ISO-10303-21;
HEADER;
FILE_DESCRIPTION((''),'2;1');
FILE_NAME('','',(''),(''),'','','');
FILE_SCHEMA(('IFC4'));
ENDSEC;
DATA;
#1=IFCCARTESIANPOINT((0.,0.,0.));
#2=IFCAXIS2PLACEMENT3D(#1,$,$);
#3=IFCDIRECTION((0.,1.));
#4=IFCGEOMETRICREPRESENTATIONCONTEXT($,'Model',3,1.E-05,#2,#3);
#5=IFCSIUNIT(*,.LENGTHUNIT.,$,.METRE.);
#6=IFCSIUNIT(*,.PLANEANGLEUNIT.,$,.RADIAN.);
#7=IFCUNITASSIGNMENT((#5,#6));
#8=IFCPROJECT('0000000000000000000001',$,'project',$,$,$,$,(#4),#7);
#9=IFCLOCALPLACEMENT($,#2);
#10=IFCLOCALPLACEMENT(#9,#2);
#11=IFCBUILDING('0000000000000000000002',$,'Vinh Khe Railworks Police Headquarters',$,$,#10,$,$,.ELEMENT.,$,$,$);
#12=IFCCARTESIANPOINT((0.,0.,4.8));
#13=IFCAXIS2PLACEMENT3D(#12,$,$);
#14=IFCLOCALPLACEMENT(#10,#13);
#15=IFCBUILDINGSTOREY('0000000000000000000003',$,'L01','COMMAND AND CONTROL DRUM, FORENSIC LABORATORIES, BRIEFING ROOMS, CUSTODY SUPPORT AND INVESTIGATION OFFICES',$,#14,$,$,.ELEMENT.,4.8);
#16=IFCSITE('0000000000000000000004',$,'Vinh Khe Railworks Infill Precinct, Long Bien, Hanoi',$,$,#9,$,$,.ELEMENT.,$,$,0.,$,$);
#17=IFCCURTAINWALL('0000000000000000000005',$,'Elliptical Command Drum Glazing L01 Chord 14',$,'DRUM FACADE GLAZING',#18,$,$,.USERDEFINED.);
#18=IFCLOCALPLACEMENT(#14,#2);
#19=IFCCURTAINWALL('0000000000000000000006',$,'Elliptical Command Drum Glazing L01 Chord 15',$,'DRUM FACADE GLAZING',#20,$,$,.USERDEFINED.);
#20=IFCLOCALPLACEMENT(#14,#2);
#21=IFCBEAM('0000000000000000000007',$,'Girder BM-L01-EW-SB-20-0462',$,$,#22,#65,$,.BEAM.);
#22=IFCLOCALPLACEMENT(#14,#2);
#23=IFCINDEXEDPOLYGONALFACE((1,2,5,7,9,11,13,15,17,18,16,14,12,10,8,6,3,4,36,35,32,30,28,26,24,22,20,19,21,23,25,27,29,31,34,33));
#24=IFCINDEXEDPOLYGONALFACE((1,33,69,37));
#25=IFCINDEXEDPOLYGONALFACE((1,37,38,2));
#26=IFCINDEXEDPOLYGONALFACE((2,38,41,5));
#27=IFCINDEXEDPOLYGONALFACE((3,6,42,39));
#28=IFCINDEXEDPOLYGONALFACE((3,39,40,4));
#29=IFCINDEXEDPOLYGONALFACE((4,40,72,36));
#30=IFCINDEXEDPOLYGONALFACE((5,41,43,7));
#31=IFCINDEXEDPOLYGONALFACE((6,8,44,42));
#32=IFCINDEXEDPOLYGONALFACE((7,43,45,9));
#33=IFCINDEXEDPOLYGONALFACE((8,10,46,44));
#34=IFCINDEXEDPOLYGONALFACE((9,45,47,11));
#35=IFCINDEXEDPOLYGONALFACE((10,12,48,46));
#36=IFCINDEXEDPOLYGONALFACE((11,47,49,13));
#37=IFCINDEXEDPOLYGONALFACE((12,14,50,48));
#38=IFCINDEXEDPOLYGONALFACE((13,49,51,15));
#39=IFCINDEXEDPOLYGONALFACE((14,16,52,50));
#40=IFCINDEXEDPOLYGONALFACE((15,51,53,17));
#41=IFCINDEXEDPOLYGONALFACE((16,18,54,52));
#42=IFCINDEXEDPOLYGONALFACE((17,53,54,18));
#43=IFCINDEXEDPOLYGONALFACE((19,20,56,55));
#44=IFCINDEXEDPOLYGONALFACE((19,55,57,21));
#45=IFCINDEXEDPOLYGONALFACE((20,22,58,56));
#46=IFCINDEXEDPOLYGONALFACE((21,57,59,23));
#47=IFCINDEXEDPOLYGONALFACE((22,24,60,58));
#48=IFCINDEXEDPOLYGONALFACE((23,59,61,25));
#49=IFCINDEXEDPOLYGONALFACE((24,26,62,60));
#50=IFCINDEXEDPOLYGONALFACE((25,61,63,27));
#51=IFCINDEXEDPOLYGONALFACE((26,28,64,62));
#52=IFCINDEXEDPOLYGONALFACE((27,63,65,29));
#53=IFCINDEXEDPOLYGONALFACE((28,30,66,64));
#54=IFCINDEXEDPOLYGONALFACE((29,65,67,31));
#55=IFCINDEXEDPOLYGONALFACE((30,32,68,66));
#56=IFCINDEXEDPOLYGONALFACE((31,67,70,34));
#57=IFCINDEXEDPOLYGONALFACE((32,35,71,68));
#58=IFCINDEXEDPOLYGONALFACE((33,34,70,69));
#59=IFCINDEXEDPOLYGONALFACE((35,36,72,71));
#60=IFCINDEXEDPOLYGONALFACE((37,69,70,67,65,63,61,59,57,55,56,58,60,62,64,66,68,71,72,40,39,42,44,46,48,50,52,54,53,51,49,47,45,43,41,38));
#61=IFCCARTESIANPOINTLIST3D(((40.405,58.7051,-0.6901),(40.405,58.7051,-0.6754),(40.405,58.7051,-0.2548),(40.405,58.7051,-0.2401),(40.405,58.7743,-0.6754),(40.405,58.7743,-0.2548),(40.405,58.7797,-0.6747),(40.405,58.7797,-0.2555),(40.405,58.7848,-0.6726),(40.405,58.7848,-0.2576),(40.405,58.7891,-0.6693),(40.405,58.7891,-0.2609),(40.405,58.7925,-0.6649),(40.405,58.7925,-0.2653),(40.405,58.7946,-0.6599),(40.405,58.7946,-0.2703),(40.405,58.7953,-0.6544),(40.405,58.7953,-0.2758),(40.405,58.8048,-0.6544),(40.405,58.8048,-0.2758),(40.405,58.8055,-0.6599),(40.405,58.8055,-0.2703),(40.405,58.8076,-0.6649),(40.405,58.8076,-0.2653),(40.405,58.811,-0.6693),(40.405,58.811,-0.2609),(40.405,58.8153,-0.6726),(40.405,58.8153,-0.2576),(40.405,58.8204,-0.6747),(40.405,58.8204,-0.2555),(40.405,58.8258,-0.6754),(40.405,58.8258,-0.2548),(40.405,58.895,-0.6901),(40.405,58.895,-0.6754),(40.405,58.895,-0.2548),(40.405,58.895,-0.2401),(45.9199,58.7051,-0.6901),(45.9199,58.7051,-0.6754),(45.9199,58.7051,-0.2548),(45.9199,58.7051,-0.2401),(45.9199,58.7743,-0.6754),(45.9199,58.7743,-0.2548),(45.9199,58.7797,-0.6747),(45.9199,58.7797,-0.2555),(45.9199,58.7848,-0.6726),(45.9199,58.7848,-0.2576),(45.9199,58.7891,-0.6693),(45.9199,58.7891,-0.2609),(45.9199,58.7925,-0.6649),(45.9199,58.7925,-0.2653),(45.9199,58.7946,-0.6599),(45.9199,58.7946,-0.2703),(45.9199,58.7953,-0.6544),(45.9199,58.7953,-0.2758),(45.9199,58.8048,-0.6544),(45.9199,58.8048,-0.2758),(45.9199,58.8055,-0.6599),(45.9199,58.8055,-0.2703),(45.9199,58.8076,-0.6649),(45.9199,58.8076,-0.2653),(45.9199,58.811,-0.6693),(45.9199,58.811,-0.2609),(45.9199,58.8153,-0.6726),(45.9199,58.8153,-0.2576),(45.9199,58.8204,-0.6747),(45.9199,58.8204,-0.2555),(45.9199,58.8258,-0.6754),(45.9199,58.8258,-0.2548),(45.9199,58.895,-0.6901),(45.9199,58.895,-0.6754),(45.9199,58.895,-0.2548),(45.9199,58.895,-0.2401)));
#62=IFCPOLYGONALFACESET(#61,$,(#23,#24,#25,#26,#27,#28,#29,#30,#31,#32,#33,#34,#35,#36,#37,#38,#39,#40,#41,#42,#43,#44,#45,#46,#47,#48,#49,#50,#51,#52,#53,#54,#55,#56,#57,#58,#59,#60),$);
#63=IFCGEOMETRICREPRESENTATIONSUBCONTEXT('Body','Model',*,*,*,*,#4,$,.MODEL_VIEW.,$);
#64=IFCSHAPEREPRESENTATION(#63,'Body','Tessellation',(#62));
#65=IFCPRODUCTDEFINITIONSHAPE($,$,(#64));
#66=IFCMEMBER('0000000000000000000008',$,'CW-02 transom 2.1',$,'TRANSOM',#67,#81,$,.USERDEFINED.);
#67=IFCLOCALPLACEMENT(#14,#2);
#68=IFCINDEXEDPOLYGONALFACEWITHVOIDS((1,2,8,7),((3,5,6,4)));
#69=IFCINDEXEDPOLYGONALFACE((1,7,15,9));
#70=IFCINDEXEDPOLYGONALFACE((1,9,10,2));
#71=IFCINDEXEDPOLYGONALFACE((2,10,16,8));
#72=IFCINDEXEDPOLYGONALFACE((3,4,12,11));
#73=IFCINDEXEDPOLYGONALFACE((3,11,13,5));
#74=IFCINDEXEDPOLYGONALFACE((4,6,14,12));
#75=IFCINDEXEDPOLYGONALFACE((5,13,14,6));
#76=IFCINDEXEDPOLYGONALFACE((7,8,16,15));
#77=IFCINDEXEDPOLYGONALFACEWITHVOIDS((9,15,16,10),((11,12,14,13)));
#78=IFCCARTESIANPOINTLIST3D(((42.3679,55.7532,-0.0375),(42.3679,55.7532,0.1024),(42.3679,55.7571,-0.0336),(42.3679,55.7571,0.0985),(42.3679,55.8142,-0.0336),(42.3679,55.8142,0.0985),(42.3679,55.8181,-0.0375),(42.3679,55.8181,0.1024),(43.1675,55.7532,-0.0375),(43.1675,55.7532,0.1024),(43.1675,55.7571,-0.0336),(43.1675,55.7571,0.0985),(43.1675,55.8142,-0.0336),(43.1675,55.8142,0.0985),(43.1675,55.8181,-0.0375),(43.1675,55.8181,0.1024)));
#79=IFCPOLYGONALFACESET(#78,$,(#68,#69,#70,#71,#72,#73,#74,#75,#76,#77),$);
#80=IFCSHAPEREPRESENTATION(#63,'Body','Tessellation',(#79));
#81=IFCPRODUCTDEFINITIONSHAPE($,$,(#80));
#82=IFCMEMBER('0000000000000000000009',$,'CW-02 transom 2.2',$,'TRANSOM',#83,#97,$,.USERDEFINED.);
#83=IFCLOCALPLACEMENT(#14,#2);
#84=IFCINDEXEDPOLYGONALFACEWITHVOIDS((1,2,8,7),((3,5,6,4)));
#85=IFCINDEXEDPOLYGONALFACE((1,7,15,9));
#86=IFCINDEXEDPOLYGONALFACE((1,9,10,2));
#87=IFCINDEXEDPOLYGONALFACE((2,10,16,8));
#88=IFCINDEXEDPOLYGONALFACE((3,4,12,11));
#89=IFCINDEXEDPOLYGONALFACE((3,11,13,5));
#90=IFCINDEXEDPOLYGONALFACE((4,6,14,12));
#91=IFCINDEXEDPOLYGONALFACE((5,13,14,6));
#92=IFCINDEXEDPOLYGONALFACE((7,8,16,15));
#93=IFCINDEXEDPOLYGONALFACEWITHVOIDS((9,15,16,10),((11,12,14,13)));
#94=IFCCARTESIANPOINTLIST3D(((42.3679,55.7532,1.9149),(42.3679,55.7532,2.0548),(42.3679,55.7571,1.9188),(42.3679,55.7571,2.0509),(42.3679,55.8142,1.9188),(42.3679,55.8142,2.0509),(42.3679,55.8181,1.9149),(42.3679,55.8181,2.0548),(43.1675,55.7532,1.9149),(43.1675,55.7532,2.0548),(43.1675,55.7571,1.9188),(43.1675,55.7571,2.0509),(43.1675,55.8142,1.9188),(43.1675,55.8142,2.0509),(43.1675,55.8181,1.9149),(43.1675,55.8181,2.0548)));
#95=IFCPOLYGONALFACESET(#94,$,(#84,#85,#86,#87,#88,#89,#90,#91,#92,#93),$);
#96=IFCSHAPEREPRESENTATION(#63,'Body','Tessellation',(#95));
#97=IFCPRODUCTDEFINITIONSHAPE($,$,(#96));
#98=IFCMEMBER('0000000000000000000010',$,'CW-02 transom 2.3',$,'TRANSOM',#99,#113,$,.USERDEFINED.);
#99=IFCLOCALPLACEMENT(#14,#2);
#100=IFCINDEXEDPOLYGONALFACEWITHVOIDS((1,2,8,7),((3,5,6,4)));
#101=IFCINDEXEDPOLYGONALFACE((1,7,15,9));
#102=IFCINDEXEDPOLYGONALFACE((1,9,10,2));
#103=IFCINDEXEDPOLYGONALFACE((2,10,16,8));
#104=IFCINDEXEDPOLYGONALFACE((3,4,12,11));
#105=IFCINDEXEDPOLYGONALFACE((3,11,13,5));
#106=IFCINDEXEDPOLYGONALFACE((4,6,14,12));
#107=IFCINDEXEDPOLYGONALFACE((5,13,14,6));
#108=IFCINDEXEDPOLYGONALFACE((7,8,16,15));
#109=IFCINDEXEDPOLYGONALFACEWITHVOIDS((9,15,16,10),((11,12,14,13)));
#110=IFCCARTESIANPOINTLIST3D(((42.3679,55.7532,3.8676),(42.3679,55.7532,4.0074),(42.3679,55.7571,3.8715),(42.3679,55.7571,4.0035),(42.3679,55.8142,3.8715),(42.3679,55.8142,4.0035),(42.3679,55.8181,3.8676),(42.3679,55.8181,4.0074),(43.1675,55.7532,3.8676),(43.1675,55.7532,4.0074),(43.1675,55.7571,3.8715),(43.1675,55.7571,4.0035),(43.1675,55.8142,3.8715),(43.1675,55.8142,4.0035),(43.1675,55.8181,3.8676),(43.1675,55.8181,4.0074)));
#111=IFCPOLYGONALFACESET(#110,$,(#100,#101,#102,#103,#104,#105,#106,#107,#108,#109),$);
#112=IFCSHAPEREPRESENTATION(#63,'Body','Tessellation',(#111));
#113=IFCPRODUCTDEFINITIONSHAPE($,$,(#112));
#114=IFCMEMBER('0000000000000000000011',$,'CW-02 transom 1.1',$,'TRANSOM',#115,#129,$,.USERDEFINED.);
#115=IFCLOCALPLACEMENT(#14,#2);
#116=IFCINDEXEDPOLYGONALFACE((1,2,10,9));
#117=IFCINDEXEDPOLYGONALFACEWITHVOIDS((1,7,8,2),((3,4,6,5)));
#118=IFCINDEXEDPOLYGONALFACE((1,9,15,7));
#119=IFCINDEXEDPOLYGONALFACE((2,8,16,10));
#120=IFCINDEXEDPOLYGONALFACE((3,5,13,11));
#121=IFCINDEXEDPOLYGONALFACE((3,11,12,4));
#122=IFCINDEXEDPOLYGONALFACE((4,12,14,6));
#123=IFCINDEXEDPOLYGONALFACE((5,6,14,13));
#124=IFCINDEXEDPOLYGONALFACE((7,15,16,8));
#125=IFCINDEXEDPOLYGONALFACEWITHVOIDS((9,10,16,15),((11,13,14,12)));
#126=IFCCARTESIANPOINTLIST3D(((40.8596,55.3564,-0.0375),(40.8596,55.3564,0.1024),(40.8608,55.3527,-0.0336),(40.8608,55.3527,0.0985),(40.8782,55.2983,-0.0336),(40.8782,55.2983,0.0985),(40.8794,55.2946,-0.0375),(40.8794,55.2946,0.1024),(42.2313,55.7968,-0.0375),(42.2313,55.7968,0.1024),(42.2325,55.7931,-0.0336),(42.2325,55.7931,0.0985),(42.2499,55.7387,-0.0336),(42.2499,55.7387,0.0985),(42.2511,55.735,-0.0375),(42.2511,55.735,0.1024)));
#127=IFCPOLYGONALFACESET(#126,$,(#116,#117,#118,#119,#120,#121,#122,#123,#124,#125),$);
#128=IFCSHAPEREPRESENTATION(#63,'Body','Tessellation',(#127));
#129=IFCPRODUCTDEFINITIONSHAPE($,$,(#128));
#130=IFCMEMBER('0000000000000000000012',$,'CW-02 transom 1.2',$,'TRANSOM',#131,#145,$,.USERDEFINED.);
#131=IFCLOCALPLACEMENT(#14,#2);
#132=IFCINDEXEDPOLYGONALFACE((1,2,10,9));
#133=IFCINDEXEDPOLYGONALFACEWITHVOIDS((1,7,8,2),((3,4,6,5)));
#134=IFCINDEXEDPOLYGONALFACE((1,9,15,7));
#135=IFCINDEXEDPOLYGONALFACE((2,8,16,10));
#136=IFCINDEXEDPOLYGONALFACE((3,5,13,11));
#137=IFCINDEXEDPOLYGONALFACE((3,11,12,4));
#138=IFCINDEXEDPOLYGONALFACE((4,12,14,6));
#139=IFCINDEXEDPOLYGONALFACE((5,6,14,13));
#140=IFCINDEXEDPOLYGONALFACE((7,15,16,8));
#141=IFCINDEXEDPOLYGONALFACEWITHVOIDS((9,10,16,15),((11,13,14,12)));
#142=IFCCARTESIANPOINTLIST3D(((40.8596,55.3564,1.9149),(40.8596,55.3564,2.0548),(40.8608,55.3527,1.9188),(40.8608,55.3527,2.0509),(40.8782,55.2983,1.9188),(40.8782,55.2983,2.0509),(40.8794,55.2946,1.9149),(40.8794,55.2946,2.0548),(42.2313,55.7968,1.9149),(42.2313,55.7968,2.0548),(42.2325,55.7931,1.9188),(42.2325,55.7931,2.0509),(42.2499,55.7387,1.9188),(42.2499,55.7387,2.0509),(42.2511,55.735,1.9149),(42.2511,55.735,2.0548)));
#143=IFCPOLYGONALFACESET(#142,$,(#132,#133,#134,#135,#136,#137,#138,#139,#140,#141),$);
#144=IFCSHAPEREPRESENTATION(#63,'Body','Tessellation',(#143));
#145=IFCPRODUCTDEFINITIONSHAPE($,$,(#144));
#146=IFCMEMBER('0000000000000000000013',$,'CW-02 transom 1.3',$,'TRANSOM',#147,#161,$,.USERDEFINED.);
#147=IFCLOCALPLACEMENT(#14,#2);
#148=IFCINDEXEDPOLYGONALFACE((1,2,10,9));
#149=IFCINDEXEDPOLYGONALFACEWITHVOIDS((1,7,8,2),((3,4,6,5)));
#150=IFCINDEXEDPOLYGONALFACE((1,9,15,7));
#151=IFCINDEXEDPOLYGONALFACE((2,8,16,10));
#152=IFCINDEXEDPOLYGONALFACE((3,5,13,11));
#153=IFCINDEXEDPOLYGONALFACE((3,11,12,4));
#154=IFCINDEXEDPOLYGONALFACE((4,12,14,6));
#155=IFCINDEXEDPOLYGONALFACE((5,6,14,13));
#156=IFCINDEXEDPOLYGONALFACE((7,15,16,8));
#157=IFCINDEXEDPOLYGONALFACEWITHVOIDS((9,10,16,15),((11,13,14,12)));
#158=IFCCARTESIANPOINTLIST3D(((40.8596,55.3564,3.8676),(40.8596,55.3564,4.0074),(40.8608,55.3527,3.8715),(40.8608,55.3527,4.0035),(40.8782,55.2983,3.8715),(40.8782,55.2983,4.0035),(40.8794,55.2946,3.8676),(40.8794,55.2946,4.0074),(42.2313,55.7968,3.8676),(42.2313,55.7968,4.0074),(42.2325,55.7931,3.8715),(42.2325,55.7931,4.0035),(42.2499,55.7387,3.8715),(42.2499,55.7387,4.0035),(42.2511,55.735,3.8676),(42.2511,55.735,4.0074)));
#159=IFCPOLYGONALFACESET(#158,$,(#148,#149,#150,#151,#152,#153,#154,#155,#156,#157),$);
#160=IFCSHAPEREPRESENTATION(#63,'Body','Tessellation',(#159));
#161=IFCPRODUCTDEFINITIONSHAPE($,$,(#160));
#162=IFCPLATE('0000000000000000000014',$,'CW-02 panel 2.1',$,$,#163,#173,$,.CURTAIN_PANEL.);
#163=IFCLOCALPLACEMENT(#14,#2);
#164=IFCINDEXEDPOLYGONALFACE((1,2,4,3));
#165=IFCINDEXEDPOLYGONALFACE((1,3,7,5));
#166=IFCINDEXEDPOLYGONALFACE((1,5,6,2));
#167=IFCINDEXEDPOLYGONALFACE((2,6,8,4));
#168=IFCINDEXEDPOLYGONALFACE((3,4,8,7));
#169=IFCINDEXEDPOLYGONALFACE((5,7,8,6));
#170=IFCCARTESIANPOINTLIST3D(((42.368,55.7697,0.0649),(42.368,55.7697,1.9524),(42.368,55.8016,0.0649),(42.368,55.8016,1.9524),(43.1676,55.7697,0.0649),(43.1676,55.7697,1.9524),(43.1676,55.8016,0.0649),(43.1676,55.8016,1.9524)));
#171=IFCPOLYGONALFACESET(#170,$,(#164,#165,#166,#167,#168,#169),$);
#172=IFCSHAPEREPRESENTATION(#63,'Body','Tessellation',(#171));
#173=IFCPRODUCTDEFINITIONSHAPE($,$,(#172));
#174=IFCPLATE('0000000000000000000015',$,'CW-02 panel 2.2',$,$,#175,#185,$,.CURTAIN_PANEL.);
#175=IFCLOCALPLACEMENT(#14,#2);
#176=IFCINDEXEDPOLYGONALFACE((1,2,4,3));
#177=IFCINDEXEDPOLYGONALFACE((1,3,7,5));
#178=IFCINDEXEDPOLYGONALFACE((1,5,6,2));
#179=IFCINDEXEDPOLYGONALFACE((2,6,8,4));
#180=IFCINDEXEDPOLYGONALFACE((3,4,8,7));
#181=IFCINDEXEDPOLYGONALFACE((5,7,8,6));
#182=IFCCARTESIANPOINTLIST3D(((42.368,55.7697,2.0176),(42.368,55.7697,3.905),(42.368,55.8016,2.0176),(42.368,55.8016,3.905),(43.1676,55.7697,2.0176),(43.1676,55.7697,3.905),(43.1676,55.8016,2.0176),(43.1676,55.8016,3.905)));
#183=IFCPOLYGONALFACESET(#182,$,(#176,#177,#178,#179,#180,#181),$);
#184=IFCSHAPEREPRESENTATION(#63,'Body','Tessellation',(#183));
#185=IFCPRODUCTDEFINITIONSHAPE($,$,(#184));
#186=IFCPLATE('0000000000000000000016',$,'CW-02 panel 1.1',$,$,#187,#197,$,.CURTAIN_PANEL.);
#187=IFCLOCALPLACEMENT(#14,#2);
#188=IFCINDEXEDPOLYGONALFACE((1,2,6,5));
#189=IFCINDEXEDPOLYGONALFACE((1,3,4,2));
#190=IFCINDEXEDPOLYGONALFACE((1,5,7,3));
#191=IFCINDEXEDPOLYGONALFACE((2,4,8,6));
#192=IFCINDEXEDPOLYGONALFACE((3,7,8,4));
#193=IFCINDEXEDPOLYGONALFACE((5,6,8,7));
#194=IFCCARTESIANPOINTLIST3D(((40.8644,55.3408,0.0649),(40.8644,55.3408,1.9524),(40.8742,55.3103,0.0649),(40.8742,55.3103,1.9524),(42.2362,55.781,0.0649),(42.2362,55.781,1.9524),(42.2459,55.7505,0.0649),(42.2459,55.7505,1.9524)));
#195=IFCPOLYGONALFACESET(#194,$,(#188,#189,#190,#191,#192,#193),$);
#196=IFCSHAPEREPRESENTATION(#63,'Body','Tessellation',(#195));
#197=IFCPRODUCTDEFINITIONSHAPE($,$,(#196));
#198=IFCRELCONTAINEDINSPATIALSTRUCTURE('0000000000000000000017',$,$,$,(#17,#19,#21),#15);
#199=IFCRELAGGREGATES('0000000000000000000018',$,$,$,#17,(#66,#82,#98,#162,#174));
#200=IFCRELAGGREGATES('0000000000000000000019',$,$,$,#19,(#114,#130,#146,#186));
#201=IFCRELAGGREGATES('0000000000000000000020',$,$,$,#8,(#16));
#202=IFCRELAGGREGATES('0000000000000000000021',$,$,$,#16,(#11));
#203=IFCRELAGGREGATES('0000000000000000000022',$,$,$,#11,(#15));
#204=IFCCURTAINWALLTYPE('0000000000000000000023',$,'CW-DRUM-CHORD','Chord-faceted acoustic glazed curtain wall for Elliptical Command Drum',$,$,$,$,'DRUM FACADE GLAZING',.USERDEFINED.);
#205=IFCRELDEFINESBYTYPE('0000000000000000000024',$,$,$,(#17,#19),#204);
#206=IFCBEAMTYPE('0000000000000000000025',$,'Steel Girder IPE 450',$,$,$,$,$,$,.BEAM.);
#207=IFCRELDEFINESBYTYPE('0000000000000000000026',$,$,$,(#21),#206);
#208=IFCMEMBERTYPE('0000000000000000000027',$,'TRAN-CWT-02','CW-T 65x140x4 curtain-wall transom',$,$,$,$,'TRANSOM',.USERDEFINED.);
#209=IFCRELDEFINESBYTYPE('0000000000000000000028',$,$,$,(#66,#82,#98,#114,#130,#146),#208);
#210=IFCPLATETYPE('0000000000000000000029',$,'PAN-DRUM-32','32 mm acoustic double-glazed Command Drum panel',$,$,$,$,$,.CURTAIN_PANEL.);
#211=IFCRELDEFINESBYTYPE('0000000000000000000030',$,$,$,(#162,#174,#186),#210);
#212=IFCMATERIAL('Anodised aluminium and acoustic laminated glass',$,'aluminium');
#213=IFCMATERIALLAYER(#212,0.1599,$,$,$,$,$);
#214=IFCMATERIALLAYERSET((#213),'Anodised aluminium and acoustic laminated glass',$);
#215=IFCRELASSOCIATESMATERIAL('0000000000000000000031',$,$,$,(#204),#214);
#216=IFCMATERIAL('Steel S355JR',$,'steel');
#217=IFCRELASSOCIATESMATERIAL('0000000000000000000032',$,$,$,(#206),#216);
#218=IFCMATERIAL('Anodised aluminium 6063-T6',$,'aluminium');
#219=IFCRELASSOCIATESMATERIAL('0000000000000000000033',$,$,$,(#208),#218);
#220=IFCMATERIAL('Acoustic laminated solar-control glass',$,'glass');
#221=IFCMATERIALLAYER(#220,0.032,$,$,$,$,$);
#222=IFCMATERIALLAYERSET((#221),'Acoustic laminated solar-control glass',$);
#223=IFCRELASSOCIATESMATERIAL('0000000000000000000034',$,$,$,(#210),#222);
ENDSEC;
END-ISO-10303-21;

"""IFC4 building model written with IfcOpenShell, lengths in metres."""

from ifc_helpers import new_model, si_unit, direction, frame, origin, origin_2d, place, context, subcontext, project, spatial, rectangle, hollow_rectangle, i_section, extrude, material, layer, layer_set, material_profile, profile_set, type_object, element, aggregate, save


model = new_model("IFC4")

# Units and contexts
model_context = context("Model", 3, precision=1e-05, world=origin(), true_north=direction((0.0, 1.0)))
body_context = subcontext(model_context, "Body", "Model", "MODEL_VIEW")
ifc_project = project(units=[si_unit("LENGTHUNIT", "METRE"), si_unit("PLANEANGLEUNIT", "RADIAN")], contexts=[model_context])

# Site, building, storey
site_placement = place(None, origin())
site = spatial("IfcSite", under=ifc_project, at=site_placement, Name="Vinh Khe Railworks Infill Precinct, Long Bien, Hanoi", CompositionType="ELEMENT", RefElevation=0.0)
building_placement = place(site_placement, origin())
building = spatial("IfcBuilding", under=site, at=building_placement, Name="Vinh Khe Railworks Police Headquarters", CompositionType="ELEMENT")
storey_placement = place(building_placement, frame((0.0, 0.0, 4.8)))
storey = spatial("IfcBuildingStorey", under=building, at=storey_placement, Name="L01", Description="COMMAND AND CONTROL DRUM, FORENSIC LABORATORIES, BRIEFING ROOMS, CUSTODY SUPPORT AND INVESTIGATION OFFICES", CompositionType="ELEMENT", Elevation=4.8)

# Shared definitions
ifc_material_1 = material(Name="Steel S355JR", Category="steel")

# Curtain wall
ifc_material_2 = material(Name="Anodised aluminium and acoustic laminated glass", Category="aluminium")
ifc_layer_1 = layer(ifc_material_2, 0.1599)
ifc_layer_set_1 = layer_set([ifc_layer_1], Name="Anodised aluminium and acoustic laminated glass")
curtain_wall_type = type_object("IfcCurtainWallType", Name="CW-DRUM-CHORD", Description="Chord-faceted acoustic glazed curtain wall for Elliptical Command Drum", ElementType="DRUM FACADE GLAZING", PredefinedType="USERDEFINED", material=ifc_layer_set_1)
curtain_wall_1_placement = place(storey_placement, origin())
curtain_wall_1 = element("IfcCurtainWall", 1, at=curtain_wall_1_placement, inside=storey, type_object=curtain_wall_type, Name="Elliptical Command Drum Glazing L01 Chord 14", ObjectType="DRUM FACADE GLAZING", PredefinedType="USERDEFINED")
ifc_material_3 = material(Name="Anodised aluminium 6063-T6", Category="aluminium")

# Curtain wall
curtain_wall_2_placement = place(storey_placement, origin())
curtain_wall_2 = element("IfcCurtainWall", 2, at=curtain_wall_2_placement, inside=storey, type_object=curtain_wall_type, Name="Elliptical Command Drum Glazing L01 Chord 15", ObjectType="DRUM FACADE GLAZING", PredefinedType="USERDEFINED")

# Beam
ifc_material_profile_1 = material_profile(ifc_material_1, i_section(OverallWidth=0.1899, OverallDepth=0.45, WebThickness=0.0095, FlangeThickness=0.0146, FilletRadius=0.021, at=origin_2d()), Name="IPE 450")
ifc_profile_set_1 = profile_set([ifc_material_profile_1], Name="Steel S355JR")
beam_type_1 = type_object("IfcBeamType", Name="Steel Girder IPE 450", PredefinedType="BEAM", material=ifc_profile_set_1)
beam_1_placement = place(storey_placement, frame((40.405, 58.8, -0.4651), z_axis=(1.0, 0.0, 0.0), x_axis=(0.0, 1.0, 0.0)))
element("IfcBeam", 3, at=beam_1_placement, inside=storey, type_object=beam_type_1, Name="Girder BM-L01-EW-SB-20-0462", PredefinedType="BEAM", context=body_context, shape_type="SweptSolid", body=[
    extrude(i_section(OverallWidth=0.1899, OverallDepth=0.45, WebThickness=0.0095, FlangeThickness=0.0146, FilletRadius=0.021, at=origin_2d()), origin(), (0.0, 0.0, 1.0), 5.5149),
])

# Members
ifc_material_profile_2 = material_profile(ifc_material_3, hollow_rectangle(XDim=0.0649, YDim=0.1399, WallThickness=0.0039, at=origin_2d()), Name="CW-T 65x140x4")
ifc_profile_set_2 = profile_set([ifc_material_profile_2], Name="Anodised aluminium 6063-T6")
member_type_1 = type_object("IfcMemberType", Name="TRAN-CWT-02", Description="CW-T 65x140x4 curtain-wall transom", ElementType="TRANSOM", PredefinedType="USERDEFINED", material=ifc_profile_set_2)
member_1_placement = place(storey_placement, frame((43.1675, 55.7856, 0.0325), z_axis=(-1.0, 0.0, 0.0), x_axis=(0.0, -1.0, 0.0)))
member_1 = element("IfcMember", 4, at=member_1_placement, type_object=member_type_1, Name="CW-02 transom 2.1", ObjectType="TRANSOM", PredefinedType="USERDEFINED", context=body_context, shape_type="SweptSolid", body=[
    extrude(hollow_rectangle(XDim=0.0649, YDim=0.1399, WallThickness=0.0039, at=origin_2d()), origin(), (0.0, 0.0, 1.0), 0.7996),
])
member_2_placement = place(storey_placement, frame((43.1675, 55.7856, 1.9849), z_axis=(-1.0, 0.0, 0.0), x_axis=(0.0, -1.0, 0.0)))
member_2 = element("IfcMember", 5, at=member_2_placement, type_object=member_type_1, Name="CW-02 transom 2.2", ObjectType="TRANSOM", PredefinedType="USERDEFINED", context=body_context, shape_type="SweptSolid", body=[
    extrude(hollow_rectangle(XDim=0.0649, YDim=0.1399, WallThickness=0.0039, at=origin_2d()), origin(), (0.0, 0.0, 1.0), 0.7996),
])
member_3_placement = place(storey_placement, frame((43.1675, 55.7856, 3.9375), z_axis=(-1.0, 0.0, 0.0), x_axis=(0.0, -1.0, 0.0)))
member_3 = element("IfcMember", 6, at=member_3_placement, type_object=member_type_1, Name="CW-02 transom 2.3", ObjectType="TRANSOM", PredefinedType="USERDEFINED", context=body_context, shape_type="SweptSolid", body=[
    extrude(hollow_rectangle(XDim=0.0649, YDim=0.1399, WallThickness=0.0039, at=origin_2d()), origin(), (0.0, 0.0, 1.0), 0.7996),
])
member_4_placement = place(storey_placement, frame((42.2412, 55.7659, 0.0325), z_axis=(-0.952133, -0.305686, 0.0), x_axis=(0.305686, -0.952133, 0.0)))
member_4 = element("IfcMember", 7, at=member_4_placement, type_object=member_type_1, Name="CW-02 transom 1.1", ObjectType="TRANSOM", PredefinedType="USERDEFINED", context=body_context, shape_type="SweptSolid", body=[
    extrude(hollow_rectangle(XDim=0.0649, YDim=0.1399, WallThickness=0.0039, at=origin_2d()), origin(), (0.0, 0.0, 1.0), 1.4407),
])
member_5_placement = place(storey_placement, frame((42.2412, 55.7659, 1.9849), z_axis=(-0.952133, -0.305686, 0.0), x_axis=(0.305686, -0.952133, 0.0)))
member_5 = element("IfcMember", 8, at=member_5_placement, type_object=member_type_1, Name="CW-02 transom 1.2", ObjectType="TRANSOM", PredefinedType="USERDEFINED", context=body_context, shape_type="SweptSolid", body=[
    extrude(hollow_rectangle(XDim=0.0649, YDim=0.1399, WallThickness=0.0039, at=origin_2d()), origin(), (0.0, 0.0, 1.0), 1.4407),
])
member_6_placement = place(storey_placement, frame((42.2412, 55.7659, 3.9375), z_axis=(-0.952133, -0.305686, 0.0), x_axis=(0.305686, -0.952133, 0.0)))
member_6 = element("IfcMember", 9, at=member_6_placement, type_object=member_type_1, Name="CW-02 transom 1.3", ObjectType="TRANSOM", PredefinedType="USERDEFINED", context=body_context, shape_type="SweptSolid", body=[
    extrude(hollow_rectangle(XDim=0.0649, YDim=0.1399, WallThickness=0.0039, at=origin_2d()), origin(), (0.0, 0.0, 1.0), 1.4407),
])

# Plates
ifc_material_4 = material(Name="Acoustic laminated solar-control glass", Category="glass")
ifc_layer_2 = layer(ifc_material_4, 0.032)
ifc_layer_set_2 = layer_set([ifc_layer_2], Name="Acoustic laminated solar-control glass")
plate_type_1 = type_object("IfcPlateType", Name="PAN-DRUM-32", Description="32 mm acoustic double-glazed Command Drum panel", PredefinedType="CURTAIN_PANEL", material=ifc_layer_set_2)
plate_1_placement = place(storey_placement, frame((42.7678, 55.7856, 0.0649), z_axis=(0.0, 0.0, 1.0), x_axis=(-1.0, 0.0, 0.0)))
plate_1 = element("IfcPlate", 10, at=plate_1_placement, type_object=plate_type_1, Name="CW-02 panel 2.1", PredefinedType="CURTAIN_PANEL", context=body_context, shape_type="SweptSolid", body=[
    extrude(rectangle(XDim=0.7996, YDim=0.032, at=origin_2d()), origin(), (0.0, 0.0, 1.0), 1.8875),
])
plate_2_placement = place(storey_placement, frame((42.7678, 55.7856, 2.0176), z_axis=(0.0, 0.0, 1.0), x_axis=(-1.0, 0.0, 0.0)))
plate_2 = element("IfcPlate", 11, at=plate_2_placement, type_object=plate_type_1, Name="CW-02 panel 2.2", PredefinedType="CURTAIN_PANEL", context=body_context, shape_type="SweptSolid", body=[
    extrude(rectangle(XDim=0.7996, YDim=0.032, at=origin_2d()), origin(), (0.0, 0.0, 1.0), 1.8875),
])
aggregate(curtain_wall_1, [member_1, member_2, member_3, plate_1, plate_2])
plate_3_placement = place(storey_placement, frame((41.5552, 55.5457, 0.0649), z_axis=(0.0, 0.0, 1.0), x_axis=(-0.952168, -0.305575, 0.0)))
plate_3 = element("IfcPlate", 12, at=plate_3_placement, type_object=plate_type_1, Name="CW-02 panel 1.1", PredefinedType="CURTAIN_PANEL", context=body_context, shape_type="SweptSolid", body=[
    extrude(rectangle(XDim=1.4407, YDim=0.032, at=origin_2d()), origin(), (0.0, 0.0, 1.0), 1.8875),
])
aggregate(curtain_wall_2, [member_4, member_5, member_6, plate_3])

save(model, "model.ifc")
